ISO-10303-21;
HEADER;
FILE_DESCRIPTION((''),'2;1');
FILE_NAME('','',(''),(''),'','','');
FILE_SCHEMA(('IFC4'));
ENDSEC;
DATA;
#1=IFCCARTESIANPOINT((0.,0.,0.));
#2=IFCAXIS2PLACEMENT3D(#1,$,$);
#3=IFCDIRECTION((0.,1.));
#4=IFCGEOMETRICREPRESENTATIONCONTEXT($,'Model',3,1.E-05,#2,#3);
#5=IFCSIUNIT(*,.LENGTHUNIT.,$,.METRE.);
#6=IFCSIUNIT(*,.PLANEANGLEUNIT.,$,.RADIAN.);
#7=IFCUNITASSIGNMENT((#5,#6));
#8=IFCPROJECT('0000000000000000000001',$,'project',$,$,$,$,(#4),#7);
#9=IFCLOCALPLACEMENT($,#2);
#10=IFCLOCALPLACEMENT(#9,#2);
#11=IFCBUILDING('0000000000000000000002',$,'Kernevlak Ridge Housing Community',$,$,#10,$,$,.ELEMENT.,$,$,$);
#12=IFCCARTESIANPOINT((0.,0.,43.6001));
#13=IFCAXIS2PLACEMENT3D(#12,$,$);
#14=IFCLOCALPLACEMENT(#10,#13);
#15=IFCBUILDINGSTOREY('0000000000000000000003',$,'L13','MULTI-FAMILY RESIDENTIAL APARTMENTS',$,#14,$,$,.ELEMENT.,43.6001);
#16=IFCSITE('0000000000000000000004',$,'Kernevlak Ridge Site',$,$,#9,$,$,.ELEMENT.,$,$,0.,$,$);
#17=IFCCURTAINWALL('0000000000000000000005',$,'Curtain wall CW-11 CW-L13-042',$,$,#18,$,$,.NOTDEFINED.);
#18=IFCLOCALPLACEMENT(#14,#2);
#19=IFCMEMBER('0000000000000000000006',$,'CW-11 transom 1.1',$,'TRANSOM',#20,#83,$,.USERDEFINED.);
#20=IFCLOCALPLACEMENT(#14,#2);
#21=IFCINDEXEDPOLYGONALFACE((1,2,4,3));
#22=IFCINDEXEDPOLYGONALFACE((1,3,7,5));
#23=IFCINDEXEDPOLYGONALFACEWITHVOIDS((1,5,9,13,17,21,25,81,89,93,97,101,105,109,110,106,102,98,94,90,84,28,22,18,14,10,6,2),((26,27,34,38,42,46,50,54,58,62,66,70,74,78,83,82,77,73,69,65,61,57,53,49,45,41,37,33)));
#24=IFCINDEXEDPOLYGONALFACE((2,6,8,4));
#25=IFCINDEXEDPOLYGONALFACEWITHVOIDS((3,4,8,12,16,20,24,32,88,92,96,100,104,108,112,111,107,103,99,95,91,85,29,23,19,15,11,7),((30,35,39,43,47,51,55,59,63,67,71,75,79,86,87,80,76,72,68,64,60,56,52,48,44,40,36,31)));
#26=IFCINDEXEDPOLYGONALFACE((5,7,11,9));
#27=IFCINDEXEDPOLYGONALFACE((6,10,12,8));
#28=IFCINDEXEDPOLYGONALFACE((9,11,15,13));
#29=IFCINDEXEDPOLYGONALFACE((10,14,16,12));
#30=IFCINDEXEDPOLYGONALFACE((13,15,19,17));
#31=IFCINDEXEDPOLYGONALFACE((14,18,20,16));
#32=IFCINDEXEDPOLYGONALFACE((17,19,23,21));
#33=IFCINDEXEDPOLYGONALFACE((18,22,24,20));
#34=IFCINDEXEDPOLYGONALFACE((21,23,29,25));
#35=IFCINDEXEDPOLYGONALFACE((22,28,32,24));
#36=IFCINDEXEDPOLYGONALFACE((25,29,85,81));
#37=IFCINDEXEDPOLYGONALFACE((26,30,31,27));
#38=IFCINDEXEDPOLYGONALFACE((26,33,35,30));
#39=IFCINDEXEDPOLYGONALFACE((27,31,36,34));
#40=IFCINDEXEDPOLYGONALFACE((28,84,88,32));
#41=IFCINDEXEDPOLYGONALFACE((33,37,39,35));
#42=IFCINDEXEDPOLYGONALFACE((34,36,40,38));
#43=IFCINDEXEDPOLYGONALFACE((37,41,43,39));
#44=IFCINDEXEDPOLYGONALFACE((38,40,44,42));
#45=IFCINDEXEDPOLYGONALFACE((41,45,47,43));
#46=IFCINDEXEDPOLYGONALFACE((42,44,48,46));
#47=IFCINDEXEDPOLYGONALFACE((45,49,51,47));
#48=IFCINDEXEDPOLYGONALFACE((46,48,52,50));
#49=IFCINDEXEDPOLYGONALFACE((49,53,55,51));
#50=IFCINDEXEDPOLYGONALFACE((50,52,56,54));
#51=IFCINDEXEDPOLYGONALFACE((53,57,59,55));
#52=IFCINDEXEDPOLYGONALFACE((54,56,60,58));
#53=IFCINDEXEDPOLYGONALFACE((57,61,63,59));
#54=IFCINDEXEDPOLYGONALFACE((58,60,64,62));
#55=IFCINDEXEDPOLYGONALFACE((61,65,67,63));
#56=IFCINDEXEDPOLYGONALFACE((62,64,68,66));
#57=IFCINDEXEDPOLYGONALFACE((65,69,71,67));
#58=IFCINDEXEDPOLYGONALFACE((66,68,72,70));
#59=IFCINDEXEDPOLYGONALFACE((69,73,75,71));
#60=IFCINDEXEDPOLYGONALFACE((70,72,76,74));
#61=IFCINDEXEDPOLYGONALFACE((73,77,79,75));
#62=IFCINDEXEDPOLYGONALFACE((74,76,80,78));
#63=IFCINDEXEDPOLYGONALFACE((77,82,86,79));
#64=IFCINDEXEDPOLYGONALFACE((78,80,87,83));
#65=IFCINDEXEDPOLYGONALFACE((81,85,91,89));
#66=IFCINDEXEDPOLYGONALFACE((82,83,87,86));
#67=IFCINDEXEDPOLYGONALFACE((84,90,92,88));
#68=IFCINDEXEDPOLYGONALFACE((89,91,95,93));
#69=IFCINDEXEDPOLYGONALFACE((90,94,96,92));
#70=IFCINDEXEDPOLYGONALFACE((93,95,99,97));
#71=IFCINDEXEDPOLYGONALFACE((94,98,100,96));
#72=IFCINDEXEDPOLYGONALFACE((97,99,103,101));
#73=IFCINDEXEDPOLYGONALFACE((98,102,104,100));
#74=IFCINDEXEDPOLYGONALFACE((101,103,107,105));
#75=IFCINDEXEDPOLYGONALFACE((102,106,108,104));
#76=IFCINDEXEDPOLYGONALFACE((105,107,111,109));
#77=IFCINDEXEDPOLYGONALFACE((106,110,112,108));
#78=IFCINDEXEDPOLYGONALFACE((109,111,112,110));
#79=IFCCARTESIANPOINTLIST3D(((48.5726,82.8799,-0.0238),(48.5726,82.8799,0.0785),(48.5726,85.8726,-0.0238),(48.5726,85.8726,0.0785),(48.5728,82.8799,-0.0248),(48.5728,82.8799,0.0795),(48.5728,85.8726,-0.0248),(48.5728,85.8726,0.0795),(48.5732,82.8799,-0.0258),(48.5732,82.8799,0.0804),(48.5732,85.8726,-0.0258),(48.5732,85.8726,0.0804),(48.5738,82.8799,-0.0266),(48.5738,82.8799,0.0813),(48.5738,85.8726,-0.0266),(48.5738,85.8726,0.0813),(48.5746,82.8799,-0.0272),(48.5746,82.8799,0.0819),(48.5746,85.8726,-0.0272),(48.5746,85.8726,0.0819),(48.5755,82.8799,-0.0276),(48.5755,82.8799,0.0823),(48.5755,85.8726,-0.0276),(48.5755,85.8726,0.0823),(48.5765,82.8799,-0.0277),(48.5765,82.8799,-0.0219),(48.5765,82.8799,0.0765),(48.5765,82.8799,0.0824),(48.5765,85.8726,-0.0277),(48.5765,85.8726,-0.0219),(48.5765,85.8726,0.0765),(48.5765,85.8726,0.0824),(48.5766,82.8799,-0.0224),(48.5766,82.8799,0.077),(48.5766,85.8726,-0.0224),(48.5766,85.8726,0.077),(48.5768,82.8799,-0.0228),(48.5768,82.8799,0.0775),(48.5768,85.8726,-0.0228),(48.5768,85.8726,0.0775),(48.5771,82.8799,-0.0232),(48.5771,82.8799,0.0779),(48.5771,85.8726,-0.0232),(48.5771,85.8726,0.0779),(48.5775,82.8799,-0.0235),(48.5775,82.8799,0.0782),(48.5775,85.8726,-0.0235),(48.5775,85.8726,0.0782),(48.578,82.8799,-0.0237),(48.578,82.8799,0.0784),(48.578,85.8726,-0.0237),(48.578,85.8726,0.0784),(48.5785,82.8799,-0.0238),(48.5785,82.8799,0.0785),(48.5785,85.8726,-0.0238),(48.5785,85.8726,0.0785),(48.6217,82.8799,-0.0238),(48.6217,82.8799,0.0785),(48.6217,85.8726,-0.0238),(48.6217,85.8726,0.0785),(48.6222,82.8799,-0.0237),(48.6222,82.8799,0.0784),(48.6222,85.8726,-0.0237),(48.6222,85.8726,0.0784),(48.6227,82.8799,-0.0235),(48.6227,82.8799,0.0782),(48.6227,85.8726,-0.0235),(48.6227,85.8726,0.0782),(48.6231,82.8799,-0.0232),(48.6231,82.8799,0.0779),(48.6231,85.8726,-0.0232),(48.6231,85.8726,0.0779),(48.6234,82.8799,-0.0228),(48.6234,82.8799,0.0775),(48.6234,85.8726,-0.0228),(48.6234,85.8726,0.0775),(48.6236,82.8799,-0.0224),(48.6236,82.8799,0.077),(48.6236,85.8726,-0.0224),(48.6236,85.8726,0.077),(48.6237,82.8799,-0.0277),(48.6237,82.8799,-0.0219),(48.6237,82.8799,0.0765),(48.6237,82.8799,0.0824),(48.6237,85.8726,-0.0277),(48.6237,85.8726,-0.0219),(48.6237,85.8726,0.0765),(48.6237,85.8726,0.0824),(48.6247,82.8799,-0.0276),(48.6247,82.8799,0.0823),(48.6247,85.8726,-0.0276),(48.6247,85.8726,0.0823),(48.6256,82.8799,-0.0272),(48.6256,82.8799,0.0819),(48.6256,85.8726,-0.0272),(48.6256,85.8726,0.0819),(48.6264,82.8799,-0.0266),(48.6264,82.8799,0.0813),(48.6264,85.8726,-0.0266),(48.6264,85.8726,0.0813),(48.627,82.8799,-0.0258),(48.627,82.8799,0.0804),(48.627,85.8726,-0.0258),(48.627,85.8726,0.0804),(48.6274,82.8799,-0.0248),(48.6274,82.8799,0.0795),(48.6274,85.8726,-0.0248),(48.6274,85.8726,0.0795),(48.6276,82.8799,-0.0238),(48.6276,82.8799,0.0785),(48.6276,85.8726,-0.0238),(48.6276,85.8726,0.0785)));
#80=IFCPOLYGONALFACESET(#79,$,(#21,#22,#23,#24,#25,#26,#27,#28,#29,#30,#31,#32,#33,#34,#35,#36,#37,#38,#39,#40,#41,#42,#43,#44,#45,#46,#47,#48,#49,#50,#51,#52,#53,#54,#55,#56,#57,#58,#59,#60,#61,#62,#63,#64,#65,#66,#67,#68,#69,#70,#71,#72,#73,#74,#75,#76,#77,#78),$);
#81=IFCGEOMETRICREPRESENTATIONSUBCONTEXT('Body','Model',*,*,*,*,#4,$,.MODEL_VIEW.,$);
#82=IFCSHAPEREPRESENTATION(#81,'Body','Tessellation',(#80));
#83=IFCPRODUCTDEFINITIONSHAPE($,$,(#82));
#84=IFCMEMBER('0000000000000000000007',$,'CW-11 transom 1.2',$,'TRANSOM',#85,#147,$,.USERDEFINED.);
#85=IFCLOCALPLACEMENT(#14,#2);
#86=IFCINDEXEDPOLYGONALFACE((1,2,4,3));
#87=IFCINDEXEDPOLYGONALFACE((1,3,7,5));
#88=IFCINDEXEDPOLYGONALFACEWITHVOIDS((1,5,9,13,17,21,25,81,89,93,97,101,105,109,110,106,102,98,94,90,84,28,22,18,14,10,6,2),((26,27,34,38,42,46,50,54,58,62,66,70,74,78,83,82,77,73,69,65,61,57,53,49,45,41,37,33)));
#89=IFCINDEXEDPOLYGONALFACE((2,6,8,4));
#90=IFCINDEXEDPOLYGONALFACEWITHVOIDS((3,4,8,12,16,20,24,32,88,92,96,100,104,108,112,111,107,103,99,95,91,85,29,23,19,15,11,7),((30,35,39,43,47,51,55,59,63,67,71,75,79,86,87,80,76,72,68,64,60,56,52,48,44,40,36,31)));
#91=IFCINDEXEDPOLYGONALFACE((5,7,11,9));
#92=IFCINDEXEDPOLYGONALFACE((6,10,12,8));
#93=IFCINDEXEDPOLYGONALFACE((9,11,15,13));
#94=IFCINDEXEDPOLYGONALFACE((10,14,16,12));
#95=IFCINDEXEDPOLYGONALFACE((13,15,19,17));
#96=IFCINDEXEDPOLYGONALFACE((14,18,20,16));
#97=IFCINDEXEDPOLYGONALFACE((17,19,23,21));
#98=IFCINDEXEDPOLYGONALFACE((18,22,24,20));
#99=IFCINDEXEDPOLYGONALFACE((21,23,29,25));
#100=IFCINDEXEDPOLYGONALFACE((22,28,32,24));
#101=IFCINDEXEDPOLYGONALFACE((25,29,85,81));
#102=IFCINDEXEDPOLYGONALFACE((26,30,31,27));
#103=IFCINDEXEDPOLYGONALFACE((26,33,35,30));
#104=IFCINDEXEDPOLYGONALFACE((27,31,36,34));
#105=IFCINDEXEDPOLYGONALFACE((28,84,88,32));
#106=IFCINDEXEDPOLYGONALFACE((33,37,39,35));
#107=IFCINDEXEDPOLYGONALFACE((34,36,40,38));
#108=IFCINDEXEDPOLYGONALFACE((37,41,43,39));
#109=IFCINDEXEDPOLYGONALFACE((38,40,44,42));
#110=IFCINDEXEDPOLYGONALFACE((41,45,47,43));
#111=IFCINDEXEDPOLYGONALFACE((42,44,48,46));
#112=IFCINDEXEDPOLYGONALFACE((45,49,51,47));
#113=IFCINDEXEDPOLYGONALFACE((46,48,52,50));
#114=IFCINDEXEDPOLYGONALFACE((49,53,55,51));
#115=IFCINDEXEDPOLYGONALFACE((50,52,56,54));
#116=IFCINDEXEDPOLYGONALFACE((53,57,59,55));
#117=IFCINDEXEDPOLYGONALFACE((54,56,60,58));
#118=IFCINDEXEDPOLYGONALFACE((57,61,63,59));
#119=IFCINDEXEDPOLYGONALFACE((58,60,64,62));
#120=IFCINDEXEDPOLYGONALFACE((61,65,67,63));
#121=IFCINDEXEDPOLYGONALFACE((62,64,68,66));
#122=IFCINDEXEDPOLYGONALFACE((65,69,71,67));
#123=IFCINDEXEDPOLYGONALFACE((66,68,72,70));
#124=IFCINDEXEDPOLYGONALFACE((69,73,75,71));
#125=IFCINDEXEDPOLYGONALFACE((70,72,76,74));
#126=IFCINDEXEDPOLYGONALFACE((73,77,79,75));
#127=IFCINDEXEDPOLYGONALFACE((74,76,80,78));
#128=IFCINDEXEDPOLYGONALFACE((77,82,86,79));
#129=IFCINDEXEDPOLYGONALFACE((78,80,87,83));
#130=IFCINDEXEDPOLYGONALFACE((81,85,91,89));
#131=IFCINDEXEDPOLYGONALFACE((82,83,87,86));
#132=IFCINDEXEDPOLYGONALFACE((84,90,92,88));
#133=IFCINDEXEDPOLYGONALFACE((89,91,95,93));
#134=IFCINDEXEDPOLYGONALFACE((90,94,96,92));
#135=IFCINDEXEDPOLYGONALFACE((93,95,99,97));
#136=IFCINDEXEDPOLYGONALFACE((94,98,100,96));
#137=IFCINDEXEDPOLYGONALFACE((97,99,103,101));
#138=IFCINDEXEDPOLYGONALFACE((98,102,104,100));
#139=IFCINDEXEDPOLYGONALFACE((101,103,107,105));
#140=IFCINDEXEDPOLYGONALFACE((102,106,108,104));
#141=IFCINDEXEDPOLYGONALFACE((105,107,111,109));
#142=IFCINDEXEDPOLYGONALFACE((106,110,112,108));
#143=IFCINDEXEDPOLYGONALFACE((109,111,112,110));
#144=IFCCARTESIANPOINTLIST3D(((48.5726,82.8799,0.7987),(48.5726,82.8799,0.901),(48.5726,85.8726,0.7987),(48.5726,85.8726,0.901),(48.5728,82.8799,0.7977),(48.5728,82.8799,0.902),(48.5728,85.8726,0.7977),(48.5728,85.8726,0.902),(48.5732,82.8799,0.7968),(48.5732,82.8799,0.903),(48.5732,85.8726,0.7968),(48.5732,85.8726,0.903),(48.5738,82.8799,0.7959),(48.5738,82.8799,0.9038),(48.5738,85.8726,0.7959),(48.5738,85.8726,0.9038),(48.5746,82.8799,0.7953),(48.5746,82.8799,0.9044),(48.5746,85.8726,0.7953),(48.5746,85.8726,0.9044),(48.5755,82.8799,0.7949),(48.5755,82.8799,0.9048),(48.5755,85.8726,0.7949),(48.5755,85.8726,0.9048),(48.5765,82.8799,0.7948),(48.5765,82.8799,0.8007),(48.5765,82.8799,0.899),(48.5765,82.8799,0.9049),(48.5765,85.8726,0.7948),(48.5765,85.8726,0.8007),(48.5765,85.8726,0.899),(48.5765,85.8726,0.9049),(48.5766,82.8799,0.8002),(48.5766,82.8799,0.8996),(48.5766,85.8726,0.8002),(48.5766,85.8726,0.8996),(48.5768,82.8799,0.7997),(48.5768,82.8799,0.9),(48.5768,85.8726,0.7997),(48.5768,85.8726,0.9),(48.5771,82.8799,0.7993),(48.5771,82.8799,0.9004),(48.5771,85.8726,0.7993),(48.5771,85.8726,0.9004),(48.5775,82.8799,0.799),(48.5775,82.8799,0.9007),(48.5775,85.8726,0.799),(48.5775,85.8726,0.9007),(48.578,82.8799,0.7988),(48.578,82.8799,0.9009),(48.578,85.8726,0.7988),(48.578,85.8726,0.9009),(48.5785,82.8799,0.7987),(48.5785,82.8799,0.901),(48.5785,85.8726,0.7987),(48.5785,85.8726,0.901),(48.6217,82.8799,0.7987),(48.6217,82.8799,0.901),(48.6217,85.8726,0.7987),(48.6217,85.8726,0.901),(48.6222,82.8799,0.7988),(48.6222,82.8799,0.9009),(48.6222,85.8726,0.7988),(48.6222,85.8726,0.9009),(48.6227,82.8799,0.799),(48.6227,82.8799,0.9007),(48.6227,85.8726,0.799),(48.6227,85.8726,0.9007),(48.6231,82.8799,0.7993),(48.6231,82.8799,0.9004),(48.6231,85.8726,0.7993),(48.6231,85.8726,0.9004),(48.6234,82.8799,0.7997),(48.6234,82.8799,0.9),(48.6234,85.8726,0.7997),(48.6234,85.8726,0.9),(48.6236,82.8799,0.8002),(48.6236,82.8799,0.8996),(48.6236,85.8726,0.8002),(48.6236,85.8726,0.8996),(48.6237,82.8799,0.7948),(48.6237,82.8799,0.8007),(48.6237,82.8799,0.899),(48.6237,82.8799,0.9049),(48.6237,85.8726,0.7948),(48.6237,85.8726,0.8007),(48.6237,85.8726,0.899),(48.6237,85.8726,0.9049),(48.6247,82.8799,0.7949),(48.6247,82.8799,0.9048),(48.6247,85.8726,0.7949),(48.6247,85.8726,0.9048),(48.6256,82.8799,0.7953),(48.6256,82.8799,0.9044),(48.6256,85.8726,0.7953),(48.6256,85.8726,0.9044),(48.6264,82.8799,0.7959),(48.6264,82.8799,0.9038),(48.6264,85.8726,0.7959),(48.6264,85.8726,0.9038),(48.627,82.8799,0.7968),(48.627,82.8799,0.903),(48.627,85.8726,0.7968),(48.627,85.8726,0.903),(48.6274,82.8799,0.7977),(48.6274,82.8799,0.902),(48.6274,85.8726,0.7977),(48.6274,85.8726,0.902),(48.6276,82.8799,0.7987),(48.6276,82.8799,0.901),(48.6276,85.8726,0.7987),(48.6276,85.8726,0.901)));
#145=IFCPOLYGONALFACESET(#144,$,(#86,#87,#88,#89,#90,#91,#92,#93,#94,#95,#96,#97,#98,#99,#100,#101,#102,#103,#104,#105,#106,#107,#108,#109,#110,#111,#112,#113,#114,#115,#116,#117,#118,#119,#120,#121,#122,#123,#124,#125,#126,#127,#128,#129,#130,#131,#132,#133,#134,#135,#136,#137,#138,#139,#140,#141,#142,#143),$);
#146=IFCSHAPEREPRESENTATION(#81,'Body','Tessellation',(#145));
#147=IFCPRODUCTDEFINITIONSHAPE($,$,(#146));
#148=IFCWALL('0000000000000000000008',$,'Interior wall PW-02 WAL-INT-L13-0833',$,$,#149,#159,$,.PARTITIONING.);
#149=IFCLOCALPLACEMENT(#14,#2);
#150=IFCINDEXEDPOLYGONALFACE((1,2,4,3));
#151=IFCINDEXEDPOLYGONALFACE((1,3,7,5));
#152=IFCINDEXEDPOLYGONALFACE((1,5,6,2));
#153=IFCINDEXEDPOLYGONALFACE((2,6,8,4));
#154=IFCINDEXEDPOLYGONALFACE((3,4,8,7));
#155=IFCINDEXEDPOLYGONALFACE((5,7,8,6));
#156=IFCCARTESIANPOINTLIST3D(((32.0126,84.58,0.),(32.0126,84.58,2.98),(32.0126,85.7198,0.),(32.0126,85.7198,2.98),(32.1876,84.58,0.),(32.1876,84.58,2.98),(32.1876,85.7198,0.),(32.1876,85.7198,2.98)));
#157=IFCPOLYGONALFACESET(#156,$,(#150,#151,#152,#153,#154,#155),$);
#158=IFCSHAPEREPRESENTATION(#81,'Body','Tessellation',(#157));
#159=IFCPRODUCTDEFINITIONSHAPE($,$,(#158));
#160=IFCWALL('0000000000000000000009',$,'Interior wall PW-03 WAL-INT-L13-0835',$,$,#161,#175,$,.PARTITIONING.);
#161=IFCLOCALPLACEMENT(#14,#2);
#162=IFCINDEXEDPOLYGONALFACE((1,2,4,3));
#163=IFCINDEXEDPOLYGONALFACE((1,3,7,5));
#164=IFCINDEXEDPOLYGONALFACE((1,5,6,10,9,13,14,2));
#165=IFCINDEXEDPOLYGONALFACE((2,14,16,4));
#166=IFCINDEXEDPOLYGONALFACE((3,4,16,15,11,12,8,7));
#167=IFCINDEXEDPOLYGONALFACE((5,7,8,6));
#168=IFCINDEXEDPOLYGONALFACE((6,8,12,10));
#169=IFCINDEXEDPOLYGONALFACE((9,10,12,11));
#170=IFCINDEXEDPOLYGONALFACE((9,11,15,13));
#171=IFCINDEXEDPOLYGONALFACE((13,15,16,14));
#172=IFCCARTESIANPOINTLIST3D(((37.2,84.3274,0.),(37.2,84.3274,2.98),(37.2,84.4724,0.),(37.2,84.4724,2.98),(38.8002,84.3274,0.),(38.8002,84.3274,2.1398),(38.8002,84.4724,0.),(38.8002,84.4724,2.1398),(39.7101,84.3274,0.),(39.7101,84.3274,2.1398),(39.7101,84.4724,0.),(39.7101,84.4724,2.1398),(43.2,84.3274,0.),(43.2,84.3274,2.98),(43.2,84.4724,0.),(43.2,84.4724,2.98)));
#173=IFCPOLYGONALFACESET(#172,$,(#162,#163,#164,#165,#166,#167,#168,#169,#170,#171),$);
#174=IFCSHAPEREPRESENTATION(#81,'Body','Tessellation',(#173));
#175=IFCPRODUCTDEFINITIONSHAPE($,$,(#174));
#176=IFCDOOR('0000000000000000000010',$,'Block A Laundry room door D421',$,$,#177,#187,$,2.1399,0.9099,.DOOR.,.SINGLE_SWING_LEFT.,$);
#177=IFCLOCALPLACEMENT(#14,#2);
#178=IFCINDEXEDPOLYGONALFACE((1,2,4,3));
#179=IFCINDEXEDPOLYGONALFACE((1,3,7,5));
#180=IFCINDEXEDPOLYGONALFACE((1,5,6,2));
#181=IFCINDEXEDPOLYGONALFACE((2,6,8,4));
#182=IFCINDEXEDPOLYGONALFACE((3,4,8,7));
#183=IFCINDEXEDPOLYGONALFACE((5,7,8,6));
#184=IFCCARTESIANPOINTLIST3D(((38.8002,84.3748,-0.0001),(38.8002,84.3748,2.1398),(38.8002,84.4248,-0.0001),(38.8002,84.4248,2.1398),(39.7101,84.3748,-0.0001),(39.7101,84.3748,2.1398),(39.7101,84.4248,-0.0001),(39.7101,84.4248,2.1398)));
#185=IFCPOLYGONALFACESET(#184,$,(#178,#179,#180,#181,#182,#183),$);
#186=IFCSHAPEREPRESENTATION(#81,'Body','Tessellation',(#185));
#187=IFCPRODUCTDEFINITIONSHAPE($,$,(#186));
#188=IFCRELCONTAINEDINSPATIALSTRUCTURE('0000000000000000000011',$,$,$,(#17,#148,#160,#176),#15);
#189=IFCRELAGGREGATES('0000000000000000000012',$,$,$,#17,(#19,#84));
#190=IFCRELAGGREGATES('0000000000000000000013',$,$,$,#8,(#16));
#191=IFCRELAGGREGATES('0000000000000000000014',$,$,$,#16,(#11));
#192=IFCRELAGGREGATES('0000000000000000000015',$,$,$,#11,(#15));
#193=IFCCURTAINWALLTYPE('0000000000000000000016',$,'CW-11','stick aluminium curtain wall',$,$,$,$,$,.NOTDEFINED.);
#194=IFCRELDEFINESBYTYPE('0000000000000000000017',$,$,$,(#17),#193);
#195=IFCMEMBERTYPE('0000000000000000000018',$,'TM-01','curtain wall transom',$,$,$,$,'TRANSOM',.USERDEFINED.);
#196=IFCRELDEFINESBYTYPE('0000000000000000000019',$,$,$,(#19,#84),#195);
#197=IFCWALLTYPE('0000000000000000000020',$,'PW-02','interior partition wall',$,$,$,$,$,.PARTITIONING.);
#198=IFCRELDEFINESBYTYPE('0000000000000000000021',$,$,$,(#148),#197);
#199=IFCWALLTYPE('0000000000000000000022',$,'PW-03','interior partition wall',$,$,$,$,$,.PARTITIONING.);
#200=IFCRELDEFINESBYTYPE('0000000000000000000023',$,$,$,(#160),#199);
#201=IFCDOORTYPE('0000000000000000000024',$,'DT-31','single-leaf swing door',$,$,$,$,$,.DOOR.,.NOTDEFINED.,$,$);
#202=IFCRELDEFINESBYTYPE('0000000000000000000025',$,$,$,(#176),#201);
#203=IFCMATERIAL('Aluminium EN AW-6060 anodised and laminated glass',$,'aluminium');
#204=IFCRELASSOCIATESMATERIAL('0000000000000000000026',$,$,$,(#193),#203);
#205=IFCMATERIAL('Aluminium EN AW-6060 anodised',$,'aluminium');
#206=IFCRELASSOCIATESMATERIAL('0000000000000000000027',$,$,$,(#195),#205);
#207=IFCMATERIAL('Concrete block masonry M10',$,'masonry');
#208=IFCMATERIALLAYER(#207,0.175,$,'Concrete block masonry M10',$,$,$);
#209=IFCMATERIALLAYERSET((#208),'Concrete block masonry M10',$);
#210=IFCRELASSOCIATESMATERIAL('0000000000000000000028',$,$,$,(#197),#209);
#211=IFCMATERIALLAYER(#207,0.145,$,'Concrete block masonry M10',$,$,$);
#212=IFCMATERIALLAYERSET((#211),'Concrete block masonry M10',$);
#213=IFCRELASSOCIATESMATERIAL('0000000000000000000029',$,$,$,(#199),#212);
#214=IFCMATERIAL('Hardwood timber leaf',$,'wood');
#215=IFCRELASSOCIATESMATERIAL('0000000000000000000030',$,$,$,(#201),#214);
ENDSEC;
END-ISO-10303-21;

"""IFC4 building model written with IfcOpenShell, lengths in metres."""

from ifc_helpers import new_model, si_unit, direction, frame, frame_2d, origin, origin_2d, place, context, subcontext, project, spatial, rectangle, hollow_rectangle, extrude, material, layer, layer_set, material_profile, profile_set, type_object, element, fill, aggregate, save


model = new_model("IFC4")

# Units and contexts
model_context = context("Model", 3, precision=1e-05, world=origin(), true_north=direction((0.0, 1.0)))
body_context = subcontext(model_context, "Body", "Model", "MODEL_VIEW")
ifc_project = project(units=[si_unit("LENGTHUNIT", "METRE"), si_unit("PLANEANGLEUNIT", "RADIAN")], contexts=[model_context])

# Site, building, storey
site_placement = place(None, origin())
site = spatial("IfcSite", under=ifc_project, at=site_placement, Name="Kernevlak Ridge Site", CompositionType="ELEMENT", RefElevation=0.0)
building_placement = place(site_placement, origin())
building = spatial("IfcBuilding", under=site, at=building_placement, Name="Kernevlak Ridge Housing Community", CompositionType="ELEMENT")
storey_placement = place(building_placement, frame((0.0, 0.0, 43.6001)))
storey = spatial("IfcBuildingStorey", under=building, at=storey_placement, Name="L13", Description="MULTI-FAMILY RESIDENTIAL APARTMENTS", CompositionType="ELEMENT", Elevation=43.6001)

# Curtain wall
ifc_material_1 = material(Name="Aluminium EN AW-6060 anodised and laminated glass", Category="aluminium")
curtain_wall_type = type_object("IfcCurtainWallType", Name="CW-11", Description="stick aluminium curtain wall", PredefinedType="NOTDEFINED", material=ifc_material_1)
curtain_wall_placement = place(storey_placement, origin())
curtain_wall = element("IfcCurtainWall", 1, at=curtain_wall_placement, inside=storey, type_object=curtain_wall_type, Name="Curtain wall CW-11 CW-L13-042", PredefinedType="NOTDEFINED")
ifc_material_2 = material(Name="Aluminium EN AW-6060 anodised", Category="aluminium")

# Members
ifc_material_profile_1 = material_profile(ifc_material_2, hollow_rectangle(XDim=0.0549, YDim=0.1101, WallThickness=0.0039, InnerFilletRadius=0.002, OuterFilletRadius=0.0039, at=origin_2d()), Name="ALU 55x110x4")
ifc_profile_set_1 = profile_set([ifc_material_profile_1], Name="Aluminium EN AW-6060 anodised")
member_type_1 = type_object("IfcMemberType", Name="TM-01", Description="curtain wall transom", ElementType="TRANSOM", PredefinedType="USERDEFINED", material=ifc_profile_set_1)
member_1_placement = place(storey_placement, frame((48.6001, 82.8799, 0.0273), z_axis=(0.0, 1.0, 0.0), x_axis=(-1.0, 0.0, 0.0)))
member_1 = element("IfcMember", 2, at=member_1_placement, type_object=member_type_1, Name="CW-11 transom 1.1", ObjectType="TRANSOM", PredefinedType="USERDEFINED", context=body_context, shape_type="SweptSolid", body=[
    extrude(hollow_rectangle(XDim=0.0549, YDim=0.1101, WallThickness=0.0039, InnerFilletRadius=0.002, OuterFilletRadius=0.0039, at=origin_2d()), origin(), (0.0, 0.0, 1.0), 2.9927),
])
member_2_placement = place(storey_placement, frame((48.6001, 82.8799, 0.8499), z_axis=(0.0, 1.0, 0.0), x_axis=(-1.0, 0.0, 0.0)))
member_2 = element("IfcMember", 3, at=member_2_placement, type_object=member_type_1, Name="CW-11 transom 1.2", ObjectType="TRANSOM", PredefinedType="USERDEFINED", context=body_context, shape_type="SweptSolid", body=[
    extrude(hollow_rectangle(XDim=0.0549, YDim=0.1101, WallThickness=0.0039, InnerFilletRadius=0.002, OuterFilletRadius=0.0039, at=origin_2d()), origin(), (0.0, 0.0, 1.0), 2.9927),
])
aggregate(curtain_wall, [member_1, member_2])

# Wall
ifc_material_3 = material(Name="Concrete block masonry M10", Category="masonry")
ifc_layer_1 = layer(ifc_material_3, 0.175, Name="Concrete block masonry M10")
ifc_layer_set_1 = layer_set([ifc_layer_1], Name="Concrete block masonry M10")
wall_type_1 = type_object("IfcWallType", Name="PW-02", Description="interior partition wall", PredefinedType="PARTITIONING", material=ifc_layer_set_1)
wall_1_placement = place(storey_placement, frame((32.1001, 84.5801, 0.0), z_axis=(0.0, 0.0, 1.0), x_axis=(0.0, 1.0, 0.0)))
element("IfcWall", 4, at=wall_1_placement, inside=storey, type_object=wall_type_1, Name="Interior wall PW-02 WAL-INT-L13-0833", PredefinedType="PARTITIONING", context=body_context, shape_type="SweptSolid", body=[
    extrude(rectangle(XDim=1.1399, YDim=0.175, at=frame_2d((0.5698, 0.0))), origin(), (0.0, 0.0, 1.0), 2.98),
])

# Wall, opening, door
ifc_layer_2 = layer(ifc_material_3, 0.145, Name="Concrete block masonry M10")
ifc_layer_set_2 = layer_set([ifc_layer_2], Name="Concrete block masonry M10")
wall_type_2 = type_object("IfcWallType", Name="PW-03", Description="interior partition wall", PredefinedType="PARTITIONING", material=ifc_layer_set_2)
wall_2_placement = place(storey_placement, frame((37.2, 84.3999, 0.0), z_axis=(0.0, 0.0, 1.0), x_axis=(1.0, 0.0, 0.0)))
wall_2 = element("IfcWall", 5, at=wall_2_placement, inside=storey, type_object=wall_type_2, Name="Interior wall PW-03 WAL-INT-L13-0835", PredefinedType="PARTITIONING", context=body_context, shape_type="SweptSolid", body=[
    extrude(rectangle(XDim=6.0, YDim=0.145, at=frame_2d((3.0, 0.0))), origin(), (0.0, 0.0, 1.0), 2.98),
])
opening_1_placement = place(wall_2_placement, frame((1.6001, 0.0, 0.0)))
opening_1 = element("IfcOpeningElement", 6, at=opening_1_placement, cuts=wall_2, PredefinedType="OPENING", context=body_context, shape_type="SweptSolid", body=[
    extrude(rectangle(XDim=0.9099, YDim=2.1399, at=frame_2d((0.4551, 1.0698))), frame((0.0, 0.0825, 0.0), z_axis=(0.0, -1.0, 0.0), x_axis=(1.0, 0.0, 0.0)), (0.0, 0.0, 1.0), 0.165),
])
ifc_material_4 = material(Name="Hardwood timber leaf", Category="wood")
door_type_1 = type_object("IfcDoorType", Name="DT-31", Description="single-leaf swing door", OperationType="NOTDEFINED", PredefinedType="DOOR", material=ifc_material_4)
door_1_placement = place(opening_1_placement, origin())
door_1 = element("IfcDoor", 7, at=door_1_placement, inside=storey, type_object=door_type_1, Name="Block A Laundry room door D421", OperationType="SINGLE_SWING_LEFT", OverallHeight=2.1399, OverallWidth=0.9099, PredefinedType="DOOR", context=body_context, shape_type="SweptSolid", body=[
    extrude(rectangle(XDim=0.9099, YDim=2.1399, at=frame_2d((0.4551, 1.0698))), frame((0.0, 0.0249, 0.0), z_axis=(0.0, -1.0, 0.0), x_axis=(1.0, 0.0, 0.0)), (0.0, 0.0, 1.0), 0.05),
])
fill(opening_1, door_1)

save(model, "model.ifc")
